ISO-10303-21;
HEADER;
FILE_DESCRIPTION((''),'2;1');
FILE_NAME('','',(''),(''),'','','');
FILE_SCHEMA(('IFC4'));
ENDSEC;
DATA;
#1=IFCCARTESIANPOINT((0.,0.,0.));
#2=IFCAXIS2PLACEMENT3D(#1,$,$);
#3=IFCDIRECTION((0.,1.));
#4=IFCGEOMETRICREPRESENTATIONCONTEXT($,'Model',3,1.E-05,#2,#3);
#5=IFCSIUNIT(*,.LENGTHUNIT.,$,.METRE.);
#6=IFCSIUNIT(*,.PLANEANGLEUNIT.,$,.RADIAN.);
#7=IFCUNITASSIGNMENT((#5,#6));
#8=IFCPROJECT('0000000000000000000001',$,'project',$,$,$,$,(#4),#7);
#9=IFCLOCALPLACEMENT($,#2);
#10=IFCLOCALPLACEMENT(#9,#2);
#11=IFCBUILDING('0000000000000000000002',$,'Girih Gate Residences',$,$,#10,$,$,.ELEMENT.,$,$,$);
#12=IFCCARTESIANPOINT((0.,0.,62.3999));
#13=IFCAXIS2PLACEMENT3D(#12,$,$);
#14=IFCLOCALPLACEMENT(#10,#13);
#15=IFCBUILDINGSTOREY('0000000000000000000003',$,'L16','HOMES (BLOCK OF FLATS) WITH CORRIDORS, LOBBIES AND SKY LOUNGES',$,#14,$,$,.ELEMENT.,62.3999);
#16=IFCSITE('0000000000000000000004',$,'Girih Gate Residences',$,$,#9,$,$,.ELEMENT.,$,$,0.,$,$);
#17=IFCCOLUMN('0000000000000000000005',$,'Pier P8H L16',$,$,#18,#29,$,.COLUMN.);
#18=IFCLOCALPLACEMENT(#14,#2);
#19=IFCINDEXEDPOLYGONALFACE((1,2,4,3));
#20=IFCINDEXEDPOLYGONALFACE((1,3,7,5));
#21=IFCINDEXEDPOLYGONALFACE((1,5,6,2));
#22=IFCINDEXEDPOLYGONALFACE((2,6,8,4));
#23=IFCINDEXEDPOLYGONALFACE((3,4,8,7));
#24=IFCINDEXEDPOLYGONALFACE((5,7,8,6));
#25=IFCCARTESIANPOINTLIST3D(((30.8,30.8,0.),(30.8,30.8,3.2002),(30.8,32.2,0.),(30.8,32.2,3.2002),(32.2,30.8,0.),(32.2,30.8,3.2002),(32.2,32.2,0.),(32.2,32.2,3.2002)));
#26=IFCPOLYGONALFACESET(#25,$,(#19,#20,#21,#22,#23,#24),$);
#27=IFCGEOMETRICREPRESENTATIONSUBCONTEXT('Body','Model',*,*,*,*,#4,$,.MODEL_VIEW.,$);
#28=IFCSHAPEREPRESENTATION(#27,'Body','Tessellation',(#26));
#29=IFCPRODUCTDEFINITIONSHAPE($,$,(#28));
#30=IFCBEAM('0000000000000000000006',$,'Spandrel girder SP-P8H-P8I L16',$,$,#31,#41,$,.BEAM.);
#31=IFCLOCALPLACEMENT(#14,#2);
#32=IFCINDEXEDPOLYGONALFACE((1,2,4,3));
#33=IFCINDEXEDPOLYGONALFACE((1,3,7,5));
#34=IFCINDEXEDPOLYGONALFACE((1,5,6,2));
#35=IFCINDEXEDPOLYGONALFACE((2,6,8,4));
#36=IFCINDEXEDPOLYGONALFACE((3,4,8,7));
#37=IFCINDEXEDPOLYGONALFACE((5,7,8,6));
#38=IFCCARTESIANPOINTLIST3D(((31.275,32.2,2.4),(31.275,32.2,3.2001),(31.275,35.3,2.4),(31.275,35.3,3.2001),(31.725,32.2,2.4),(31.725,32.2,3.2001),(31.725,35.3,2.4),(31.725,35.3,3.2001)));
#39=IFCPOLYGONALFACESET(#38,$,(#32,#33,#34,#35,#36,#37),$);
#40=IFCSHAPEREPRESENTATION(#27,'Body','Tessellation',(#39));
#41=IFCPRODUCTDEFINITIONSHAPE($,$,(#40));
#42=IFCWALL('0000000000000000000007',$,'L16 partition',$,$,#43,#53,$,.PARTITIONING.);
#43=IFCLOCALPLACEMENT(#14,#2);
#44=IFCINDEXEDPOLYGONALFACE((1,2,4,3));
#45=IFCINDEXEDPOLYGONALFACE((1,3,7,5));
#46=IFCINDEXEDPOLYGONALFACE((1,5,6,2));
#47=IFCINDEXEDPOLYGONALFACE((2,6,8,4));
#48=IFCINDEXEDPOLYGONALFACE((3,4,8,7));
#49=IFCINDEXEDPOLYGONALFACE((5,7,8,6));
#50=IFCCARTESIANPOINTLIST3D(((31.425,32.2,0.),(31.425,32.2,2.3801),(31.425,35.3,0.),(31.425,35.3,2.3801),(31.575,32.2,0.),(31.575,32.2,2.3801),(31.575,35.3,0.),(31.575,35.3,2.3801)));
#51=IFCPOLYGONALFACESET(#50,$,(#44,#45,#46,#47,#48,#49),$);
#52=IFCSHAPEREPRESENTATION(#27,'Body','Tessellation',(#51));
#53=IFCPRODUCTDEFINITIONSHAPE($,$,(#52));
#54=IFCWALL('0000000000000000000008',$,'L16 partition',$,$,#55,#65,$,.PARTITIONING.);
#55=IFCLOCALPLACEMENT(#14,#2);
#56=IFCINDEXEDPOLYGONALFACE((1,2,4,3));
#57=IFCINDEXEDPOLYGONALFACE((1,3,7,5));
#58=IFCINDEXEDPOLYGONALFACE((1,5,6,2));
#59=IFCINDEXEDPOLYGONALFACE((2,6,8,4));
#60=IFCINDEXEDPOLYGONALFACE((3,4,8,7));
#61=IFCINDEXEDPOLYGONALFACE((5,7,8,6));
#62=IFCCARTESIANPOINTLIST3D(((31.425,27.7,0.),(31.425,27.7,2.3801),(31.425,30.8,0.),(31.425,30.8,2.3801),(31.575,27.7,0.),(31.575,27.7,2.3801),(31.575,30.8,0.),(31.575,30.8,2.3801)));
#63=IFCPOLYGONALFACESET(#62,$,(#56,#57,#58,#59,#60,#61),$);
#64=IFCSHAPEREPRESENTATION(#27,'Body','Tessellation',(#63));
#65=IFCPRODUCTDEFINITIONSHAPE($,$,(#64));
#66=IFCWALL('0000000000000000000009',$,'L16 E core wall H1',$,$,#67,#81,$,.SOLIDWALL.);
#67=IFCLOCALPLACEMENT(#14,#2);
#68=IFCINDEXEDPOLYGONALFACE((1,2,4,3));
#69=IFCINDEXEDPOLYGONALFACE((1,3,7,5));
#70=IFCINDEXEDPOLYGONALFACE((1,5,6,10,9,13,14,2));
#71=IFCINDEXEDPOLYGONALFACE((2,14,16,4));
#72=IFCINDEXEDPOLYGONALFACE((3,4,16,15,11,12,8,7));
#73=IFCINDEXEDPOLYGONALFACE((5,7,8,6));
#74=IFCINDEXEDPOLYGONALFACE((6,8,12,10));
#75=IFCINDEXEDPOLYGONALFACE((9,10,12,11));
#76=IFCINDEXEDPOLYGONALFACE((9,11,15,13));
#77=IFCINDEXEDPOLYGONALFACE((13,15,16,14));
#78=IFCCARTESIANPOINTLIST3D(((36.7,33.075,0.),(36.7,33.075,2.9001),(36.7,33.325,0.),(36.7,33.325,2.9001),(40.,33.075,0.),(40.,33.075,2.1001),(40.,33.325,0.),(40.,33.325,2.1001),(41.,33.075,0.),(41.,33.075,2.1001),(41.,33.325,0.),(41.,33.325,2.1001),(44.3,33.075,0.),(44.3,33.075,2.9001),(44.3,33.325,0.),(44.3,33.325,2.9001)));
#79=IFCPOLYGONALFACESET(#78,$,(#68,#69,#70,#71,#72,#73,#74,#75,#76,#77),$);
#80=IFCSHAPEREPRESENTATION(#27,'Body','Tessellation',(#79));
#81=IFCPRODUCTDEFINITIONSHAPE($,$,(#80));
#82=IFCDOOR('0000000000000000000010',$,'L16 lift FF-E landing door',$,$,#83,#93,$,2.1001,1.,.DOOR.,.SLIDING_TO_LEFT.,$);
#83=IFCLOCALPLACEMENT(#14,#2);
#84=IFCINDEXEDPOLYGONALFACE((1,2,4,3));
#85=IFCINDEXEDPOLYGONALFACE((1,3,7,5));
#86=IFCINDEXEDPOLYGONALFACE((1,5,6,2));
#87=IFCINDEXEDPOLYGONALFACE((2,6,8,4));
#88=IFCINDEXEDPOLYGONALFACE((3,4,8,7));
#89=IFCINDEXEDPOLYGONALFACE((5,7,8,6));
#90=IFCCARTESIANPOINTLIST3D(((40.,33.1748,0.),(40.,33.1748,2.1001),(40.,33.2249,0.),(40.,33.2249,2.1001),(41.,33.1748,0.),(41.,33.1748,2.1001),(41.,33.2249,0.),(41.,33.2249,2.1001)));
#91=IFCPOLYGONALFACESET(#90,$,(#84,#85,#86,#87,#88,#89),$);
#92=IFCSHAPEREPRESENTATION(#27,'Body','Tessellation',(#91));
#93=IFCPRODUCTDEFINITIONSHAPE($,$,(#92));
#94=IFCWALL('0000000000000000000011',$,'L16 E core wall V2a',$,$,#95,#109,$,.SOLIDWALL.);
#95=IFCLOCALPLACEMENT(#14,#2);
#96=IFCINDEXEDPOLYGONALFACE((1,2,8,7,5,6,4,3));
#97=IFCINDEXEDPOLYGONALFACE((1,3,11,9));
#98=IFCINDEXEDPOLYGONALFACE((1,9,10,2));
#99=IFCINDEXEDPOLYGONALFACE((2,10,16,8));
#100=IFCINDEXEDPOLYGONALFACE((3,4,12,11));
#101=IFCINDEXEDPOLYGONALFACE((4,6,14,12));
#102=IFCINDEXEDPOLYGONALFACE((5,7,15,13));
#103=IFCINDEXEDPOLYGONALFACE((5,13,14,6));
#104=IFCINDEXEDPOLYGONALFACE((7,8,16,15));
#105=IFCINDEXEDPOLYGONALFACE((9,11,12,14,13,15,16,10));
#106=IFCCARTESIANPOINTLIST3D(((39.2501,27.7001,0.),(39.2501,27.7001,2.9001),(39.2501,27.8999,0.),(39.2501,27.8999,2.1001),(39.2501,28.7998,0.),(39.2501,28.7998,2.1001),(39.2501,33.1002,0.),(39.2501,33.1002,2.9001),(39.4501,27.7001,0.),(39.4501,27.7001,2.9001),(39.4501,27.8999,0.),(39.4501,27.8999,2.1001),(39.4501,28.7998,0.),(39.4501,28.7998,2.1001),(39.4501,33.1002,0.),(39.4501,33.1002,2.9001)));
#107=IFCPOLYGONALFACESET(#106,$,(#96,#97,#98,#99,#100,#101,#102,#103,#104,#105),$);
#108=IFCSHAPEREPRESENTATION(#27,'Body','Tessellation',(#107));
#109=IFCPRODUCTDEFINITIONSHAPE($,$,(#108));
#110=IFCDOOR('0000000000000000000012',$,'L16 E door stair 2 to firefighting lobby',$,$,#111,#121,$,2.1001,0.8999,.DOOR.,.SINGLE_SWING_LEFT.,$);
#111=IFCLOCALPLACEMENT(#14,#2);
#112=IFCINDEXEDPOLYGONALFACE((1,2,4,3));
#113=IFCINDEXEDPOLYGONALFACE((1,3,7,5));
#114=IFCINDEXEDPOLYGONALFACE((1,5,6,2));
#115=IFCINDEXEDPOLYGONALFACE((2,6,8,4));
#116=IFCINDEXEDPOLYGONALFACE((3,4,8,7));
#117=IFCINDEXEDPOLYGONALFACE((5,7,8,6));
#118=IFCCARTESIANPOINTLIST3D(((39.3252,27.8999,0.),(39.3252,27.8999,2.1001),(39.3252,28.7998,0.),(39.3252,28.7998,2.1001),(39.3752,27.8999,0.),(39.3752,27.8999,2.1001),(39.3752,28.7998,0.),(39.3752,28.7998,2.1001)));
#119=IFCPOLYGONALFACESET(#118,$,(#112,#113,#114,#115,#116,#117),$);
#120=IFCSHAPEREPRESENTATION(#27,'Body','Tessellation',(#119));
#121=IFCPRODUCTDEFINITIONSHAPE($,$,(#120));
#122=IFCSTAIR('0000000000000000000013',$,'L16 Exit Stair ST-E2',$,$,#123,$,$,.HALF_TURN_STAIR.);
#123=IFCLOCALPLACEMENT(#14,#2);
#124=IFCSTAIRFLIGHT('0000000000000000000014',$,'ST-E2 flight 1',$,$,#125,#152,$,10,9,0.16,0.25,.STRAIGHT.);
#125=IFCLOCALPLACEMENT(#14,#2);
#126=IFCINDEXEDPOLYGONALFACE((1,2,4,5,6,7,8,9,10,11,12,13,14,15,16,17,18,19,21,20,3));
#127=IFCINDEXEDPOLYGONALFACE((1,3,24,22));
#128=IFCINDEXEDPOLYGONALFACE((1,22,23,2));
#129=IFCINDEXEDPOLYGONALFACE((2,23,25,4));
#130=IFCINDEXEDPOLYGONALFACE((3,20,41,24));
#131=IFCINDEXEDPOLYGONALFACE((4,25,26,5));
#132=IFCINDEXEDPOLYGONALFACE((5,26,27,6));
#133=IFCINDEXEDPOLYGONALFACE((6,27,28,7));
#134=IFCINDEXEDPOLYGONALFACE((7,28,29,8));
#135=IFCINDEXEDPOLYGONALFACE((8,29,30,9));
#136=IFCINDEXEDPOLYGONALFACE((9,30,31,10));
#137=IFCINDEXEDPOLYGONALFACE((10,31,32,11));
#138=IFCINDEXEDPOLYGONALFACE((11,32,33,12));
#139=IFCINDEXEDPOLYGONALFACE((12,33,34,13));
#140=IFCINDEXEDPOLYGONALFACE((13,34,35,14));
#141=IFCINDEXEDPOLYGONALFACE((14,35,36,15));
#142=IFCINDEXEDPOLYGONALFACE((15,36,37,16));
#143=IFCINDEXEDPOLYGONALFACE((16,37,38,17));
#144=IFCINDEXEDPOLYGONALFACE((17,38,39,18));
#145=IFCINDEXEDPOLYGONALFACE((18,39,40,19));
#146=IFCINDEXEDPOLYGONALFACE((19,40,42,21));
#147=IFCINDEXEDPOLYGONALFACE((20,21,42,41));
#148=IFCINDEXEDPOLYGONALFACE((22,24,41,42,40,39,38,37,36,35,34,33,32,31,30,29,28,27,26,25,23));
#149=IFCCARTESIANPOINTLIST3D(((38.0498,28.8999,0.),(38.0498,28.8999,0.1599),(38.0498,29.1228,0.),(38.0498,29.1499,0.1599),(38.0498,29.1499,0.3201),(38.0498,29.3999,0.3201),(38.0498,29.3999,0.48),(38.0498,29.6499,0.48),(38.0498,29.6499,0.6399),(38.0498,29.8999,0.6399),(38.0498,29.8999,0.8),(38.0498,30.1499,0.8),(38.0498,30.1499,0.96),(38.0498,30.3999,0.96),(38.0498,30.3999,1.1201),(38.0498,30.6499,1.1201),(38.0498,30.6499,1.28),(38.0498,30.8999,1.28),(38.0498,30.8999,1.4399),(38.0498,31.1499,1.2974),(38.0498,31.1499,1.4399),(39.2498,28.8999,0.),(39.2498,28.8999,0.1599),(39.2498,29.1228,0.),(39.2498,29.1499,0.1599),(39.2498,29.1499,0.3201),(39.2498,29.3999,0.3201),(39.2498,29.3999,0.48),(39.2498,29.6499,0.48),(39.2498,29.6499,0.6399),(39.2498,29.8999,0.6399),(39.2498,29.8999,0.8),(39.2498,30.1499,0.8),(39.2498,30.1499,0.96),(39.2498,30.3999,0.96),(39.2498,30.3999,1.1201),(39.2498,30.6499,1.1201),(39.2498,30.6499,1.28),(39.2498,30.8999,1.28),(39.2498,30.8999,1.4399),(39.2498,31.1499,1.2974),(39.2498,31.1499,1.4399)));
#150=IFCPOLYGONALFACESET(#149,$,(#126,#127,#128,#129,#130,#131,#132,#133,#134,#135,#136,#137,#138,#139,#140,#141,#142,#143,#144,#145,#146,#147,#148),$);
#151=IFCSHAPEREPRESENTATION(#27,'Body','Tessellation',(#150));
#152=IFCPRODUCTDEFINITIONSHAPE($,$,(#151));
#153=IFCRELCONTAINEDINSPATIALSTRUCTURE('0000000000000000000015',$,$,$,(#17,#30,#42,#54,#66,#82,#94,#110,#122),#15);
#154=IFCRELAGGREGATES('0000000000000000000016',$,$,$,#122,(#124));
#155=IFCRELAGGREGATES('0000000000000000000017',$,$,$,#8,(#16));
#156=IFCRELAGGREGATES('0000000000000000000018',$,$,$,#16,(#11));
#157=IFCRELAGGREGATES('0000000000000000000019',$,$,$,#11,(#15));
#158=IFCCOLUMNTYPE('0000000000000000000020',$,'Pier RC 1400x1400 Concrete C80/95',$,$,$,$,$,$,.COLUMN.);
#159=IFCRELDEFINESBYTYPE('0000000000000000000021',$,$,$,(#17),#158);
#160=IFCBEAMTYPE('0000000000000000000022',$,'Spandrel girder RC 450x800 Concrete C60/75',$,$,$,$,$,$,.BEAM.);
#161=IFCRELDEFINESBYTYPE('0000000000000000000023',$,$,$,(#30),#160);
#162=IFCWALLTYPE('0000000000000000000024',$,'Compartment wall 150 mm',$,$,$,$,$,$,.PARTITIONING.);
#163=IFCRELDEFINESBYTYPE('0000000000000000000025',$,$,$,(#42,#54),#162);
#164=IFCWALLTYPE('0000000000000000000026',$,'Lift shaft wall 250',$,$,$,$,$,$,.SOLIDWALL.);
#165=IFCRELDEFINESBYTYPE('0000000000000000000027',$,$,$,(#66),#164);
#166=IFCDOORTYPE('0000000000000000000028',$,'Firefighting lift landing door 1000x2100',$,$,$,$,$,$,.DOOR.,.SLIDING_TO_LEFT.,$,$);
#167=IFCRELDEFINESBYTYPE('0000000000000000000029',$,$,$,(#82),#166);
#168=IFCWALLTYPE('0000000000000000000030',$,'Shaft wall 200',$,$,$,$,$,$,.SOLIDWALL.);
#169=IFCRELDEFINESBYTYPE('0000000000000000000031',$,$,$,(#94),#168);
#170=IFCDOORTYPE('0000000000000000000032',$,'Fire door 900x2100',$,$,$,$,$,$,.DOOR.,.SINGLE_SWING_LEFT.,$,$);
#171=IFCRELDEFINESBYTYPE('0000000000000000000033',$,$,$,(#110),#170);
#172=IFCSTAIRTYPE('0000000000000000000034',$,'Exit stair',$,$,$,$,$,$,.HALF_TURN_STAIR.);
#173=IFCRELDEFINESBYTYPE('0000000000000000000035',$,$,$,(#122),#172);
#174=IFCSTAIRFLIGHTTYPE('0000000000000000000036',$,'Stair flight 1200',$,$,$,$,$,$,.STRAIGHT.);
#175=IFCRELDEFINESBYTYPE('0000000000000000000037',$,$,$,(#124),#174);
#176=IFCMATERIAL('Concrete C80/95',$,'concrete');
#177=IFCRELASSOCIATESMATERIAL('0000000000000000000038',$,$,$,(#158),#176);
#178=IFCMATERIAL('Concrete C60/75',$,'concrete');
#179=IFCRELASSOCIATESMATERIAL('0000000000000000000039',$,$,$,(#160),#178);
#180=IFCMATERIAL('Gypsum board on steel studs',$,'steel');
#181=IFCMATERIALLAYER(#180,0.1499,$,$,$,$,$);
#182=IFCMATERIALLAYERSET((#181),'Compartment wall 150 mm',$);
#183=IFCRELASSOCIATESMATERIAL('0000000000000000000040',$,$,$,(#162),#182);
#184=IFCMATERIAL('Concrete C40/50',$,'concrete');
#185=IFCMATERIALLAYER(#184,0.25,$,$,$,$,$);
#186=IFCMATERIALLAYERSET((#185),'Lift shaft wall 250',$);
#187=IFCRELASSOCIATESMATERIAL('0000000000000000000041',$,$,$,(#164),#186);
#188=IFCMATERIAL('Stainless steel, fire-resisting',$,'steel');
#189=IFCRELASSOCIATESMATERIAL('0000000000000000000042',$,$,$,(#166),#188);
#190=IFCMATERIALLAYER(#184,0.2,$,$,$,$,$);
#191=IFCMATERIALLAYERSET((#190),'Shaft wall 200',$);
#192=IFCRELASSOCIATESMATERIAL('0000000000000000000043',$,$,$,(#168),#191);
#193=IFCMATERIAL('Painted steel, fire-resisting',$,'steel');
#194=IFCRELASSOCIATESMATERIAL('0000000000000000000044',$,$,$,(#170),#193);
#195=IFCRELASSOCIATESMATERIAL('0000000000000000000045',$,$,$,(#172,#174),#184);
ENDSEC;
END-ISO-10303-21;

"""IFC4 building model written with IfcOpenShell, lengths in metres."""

from ifc_helpers import new_model, si_unit, direction, frame, frame_2d, origin, origin_2d, place, context, subcontext, project, spatial, polyline, rectangle, outline, extrude, material, layer, layer_set, material_profile, profile_set, type_object, element, fill, aggregate, save


model = new_model("IFC4")

# Units and contexts
model_context = context("Model", 3, precision=1e-05, world=origin(), true_north=direction((0.0, 1.0)))
body_context = subcontext(model_context, "Body", "Model", "MODEL_VIEW")
ifc_project = project(units=[si_unit("LENGTHUNIT", "METRE"), si_unit("PLANEANGLEUNIT", "RADIAN")], contexts=[model_context])

# Site, building, storey
site_placement = place(None, origin())
site = spatial("IfcSite", under=ifc_project, at=site_placement, Name="Girih Gate Residences", CompositionType="ELEMENT", RefElevation=0.0)
building_placement = place(site_placement, origin())
building = spatial("IfcBuilding", under=site, at=building_placement, Name="Girih Gate Residences", CompositionType="ELEMENT")
storey_placement = place(building_placement, frame((0.0, 0.0, 62.3999)))
storey = spatial("IfcBuildingStorey", under=building, at=storey_placement, Name="L16", Description="HOMES (BLOCK OF FLATS) WITH CORRIDORS, LOBBIES AND SKY LOUNGES", CompositionType="ELEMENT", Elevation=62.3999)

# Column
ifc_material_1 = material(Name="Concrete C80/95", Category="concrete")
ifc_material_profile_1 = material_profile(ifc_material_1, rectangle(XDim=1.3999, YDim=1.3999, at=origin_2d()))
ifc_profile_set_1 = profile_set([ifc_material_profile_1], Name="Concrete C80/95")
column_type = type_object("IfcColumnType", Name="Pier RC 1400x1400 Concrete C80/95", PredefinedType="COLUMN", material=ifc_profile_set_1)
column_placement = place(storey_placement, frame((31.5, 31.5, 0.0), z_axis=(0.0, 0.0, 1.0), x_axis=(1.0, 0.0, 0.0)))
element("IfcColumn", 1, at=column_placement, inside=storey, type_object=column_type, Name="Pier P8H L16", PredefinedType="COLUMN", context=body_context, shape_type="SweptSolid", body=[
    extrude(rectangle(XDim=1.3999, YDim=1.3999, at=origin_2d()), origin(), (0.0, 0.0, 1.0), 3.2002),
])

# Beam
ifc_material_2 = material(Name="Concrete C60/75", Category="concrete")
ifc_material_profile_2 = material_profile(ifc_material_2, rectangle(XDim=0.45, YDim=0.8, at=origin_2d()))
ifc_profile_set_2 = profile_set([ifc_material_profile_2], Name="Concrete C60/75")
beam_type = type_object("IfcBeamType", Name="Spandrel girder RC 450x800 Concrete C60/75", PredefinedType="BEAM", material=ifc_profile_set_2)
beam_placement = place(storey_placement, frame((31.5, 32.2, 2.8), z_axis=(0.0, 1.0, 0.0), x_axis=(-1.0, 0.0, 0.0)))
element("IfcBeam", 2, at=beam_placement, inside=storey, type_object=beam_type, Name="Spandrel girder SP-P8H-P8I L16", PredefinedType="BEAM", context=body_context, shape_type="SweptSolid", body=[
    extrude(rectangle(XDim=0.45, YDim=0.8, at=origin_2d()), origin(), (0.0, 0.0, 1.0), 3.1001),
])

# Walls
ifc_material_3 = material(Name="Gypsum board on steel studs", Category="steel")
ifc_layer_1 = layer(ifc_material_3, 0.1499)
ifc_layer_set_1 = layer_set([ifc_layer_1], Name="Compartment wall 150 mm")
wall_type_1 = type_object("IfcWallType", Name="Compartment wall 150 mm", PredefinedType="PARTITIONING", material=ifc_layer_set_1)
for number, where, z_axis, x_axis, name in (
    (3, (31.5, 32.2, 0.0), (0.0, 0.0, 1.0), (0.0, 1.0, 0.0), "L16 partition"),
    (4, (31.5, 27.7, 0.0), (0.0, 0.0, 1.0), (0.0, 1.0, 0.0), "L16 partition"),
):
    element("IfcWall", number, at=place(storey_placement, frame(where, z_axis=z_axis, x_axis=x_axis)), inside=storey, type_object=wall_type_1, Name=name, PredefinedType="PARTITIONING", context=body_context, shape_type="SweptSolid", body=[
        extrude(rectangle(XDim=3.1001, YDim=0.1499, at=frame_2d((1.55, 0.0))), origin(), (0.0, 0.0, 1.0), 2.3801),
    ])

# Walls, openings, doors
ifc_material_4 = material(Name="Concrete C40/50", Category="concrete")
ifc_layer_2 = layer(ifc_material_4, 0.25)
ifc_layer_set_2 = layer_set([ifc_layer_2], Name="Lift shaft wall 250")
wall_type_2 = type_object("IfcWallType", Name="Lift shaft wall 250", PredefinedType="SOLIDWALL", material=ifc_layer_set_2)
wall_1_placement = place(storey_placement, frame((36.7, 33.2, 0.0), z_axis=(0.0, 0.0, 1.0), x_axis=(1.0, 0.0, 0.0)))
wall_1 = element("IfcWall", 5, at=wall_1_placement, inside=storey, type_object=wall_type_2, Name="L16 E core wall H1", PredefinedType="SOLIDWALL", context=body_context, shape_type="SweptSolid", body=[
    extrude(rectangle(XDim=7.6001, YDim=0.25, at=frame_2d((3.8, 0.0))), origin(), (0.0, 0.0, 1.0), 2.9001),
])
opening_1_placement = place(wall_1_placement, frame((3.3, 0.0, 0.0)))
opening_1 = element("IfcOpeningElement", 6, at=opening_1_placement, cuts=wall_1, PredefinedType="OPENING", context=body_context, shape_type="SweptSolid", body=[
    extrude(rectangle(XDim=1.0, YDim=2.1001, at=frame_2d((0.5, 1.05))), frame((0.0, 0.135, 0.0), z_axis=(0.0, -1.0, 0.0), x_axis=(1.0, 0.0, 0.0)), (0.0, 0.0, 1.0), 0.27),
])
ifc_material_5 = material(Name="Stainless steel, fire-resisting", Category="steel")
door_type_1 = type_object("IfcDoorType", Name="Firefighting lift landing door 1000x2100", OperationType="SLIDING_TO_LEFT", PredefinedType="DOOR", material=ifc_material_5)
door_1_placement = place(opening_1_placement, origin())
door_1 = element("IfcDoor", 7, at=door_1_placement, inside=storey, type_object=door_type_1, Name="L16 lift FF-E landing door", OperationType="SLIDING_TO_LEFT", OverallHeight=2.1001, OverallWidth=1.0, PredefinedType="DOOR", context=body_context, shape_type="SweptSolid", body=[
    extrude(rectangle(XDim=1.0, YDim=2.1001, at=frame_2d((0.5, 1.05))), frame((0.0, 0.0249, 0.0), z_axis=(0.0, -1.0, 0.0), x_axis=(1.0, 0.0, 0.0)), (0.0, 0.0, 1.0), 0.05),
])
fill(opening_1, door_1)
ifc_layer_3 = layer(ifc_material_4, 0.2)
ifc_layer_set_3 = layer_set([ifc_layer_3], Name="Shaft wall 200")
wall_type_3 = type_object("IfcWallType", Name="Shaft wall 200", PredefinedType="SOLIDWALL", material=ifc_layer_set_3)
wall_2_placement = place(storey_placement, frame((39.3501, 27.7, 0.0), z_axis=(0.0, 0.0, 1.0), x_axis=(0.0, 1.0, 0.0)))
wall_2 = element("IfcWall", 8, at=wall_2_placement, inside=storey, type_object=wall_type_3, Name="L16 E core wall V2a", PredefinedType="SOLIDWALL", context=body_context, shape_type="SweptSolid", body=[
    extrude(rectangle(XDim=5.4001, YDim=0.2, at=frame_2d((2.7002, 0.0))), origin(), (0.0, 0.0, 1.0), 2.9001),
])
opening_2_placement = place(wall_2_placement, frame((0.2, 0.0, 0.0)))
opening_2 = element("IfcOpeningElement", 9, at=opening_2_placement, cuts=wall_2, PredefinedType="OPENING", context=body_context, shape_type="SweptSolid", body=[
    extrude(rectangle(XDim=0.8999, YDim=2.1001, at=frame_2d((0.45, 1.05))), frame((0.0, 0.1099, 0.0), z_axis=(0.0, -1.0, 0.0), x_axis=(1.0, 0.0, 0.0)), (0.0, 0.0, 1.0), 0.22),
])
ifc_material_6 = material(Name="Painted steel, fire-resisting", Category="steel")
door_type_2 = type_object("IfcDoorType", Name="Fire door 900x2100", OperationType="SINGLE_SWING_LEFT", PredefinedType="DOOR", material=ifc_material_6)
door_2_placement = place(opening_2_placement, origin())
door_2 = element("IfcDoor", 10, at=door_2_placement, inside=storey, type_object=door_type_2, Name="L16 E door stair 2 to firefighting lobby", OperationType="SINGLE_SWING_LEFT", OverallHeight=2.1001, OverallWidth=0.8999, PredefinedType="DOOR", context=body_context, shape_type="SweptSolid", body=[
    extrude(rectangle(XDim=0.8999, YDim=2.1001, at=frame_2d((0.45, 1.05))), frame((0.0, 0.0249, 0.0), z_axis=(0.0, -1.0, 0.0), x_axis=(1.0, 0.0, 0.0)), (0.0, 0.0, 1.0), 0.05),
])
fill(opening_2, door_2)

# Stair, stair flight
stair_type = type_object("IfcStairType", Name="Exit stair", PredefinedType="HALF_TURN_STAIR", material=ifc_material_4)
stair_placement = place(storey_placement, origin())
stair = element("IfcStair", 11, at=stair_placement, inside=storey, type_object=stair_type, Name="L16 Exit Stair ST-E2", PredefinedType="HALF_TURN_STAIR")
stair_flight_type = type_object("IfcStairFlightType", Name="Stair flight 1200", PredefinedType="STRAIGHT", material=ifc_material_4)
stair_flight_1_placement = place(storey_placement, frame((38.6499, 28.8999, 0.0), z_axis=(0.0, 0.0, 1.0), x_axis=(0.0, 1.0, 0.0)))
stair_flight_1 = element("IfcStairFlight", 12, at=stair_flight_1_placement, type_object=stair_flight_type, Name="ST-E2 flight 1", NumberOfRisers=10, NumberOfTreads=9, PredefinedType="STRAIGHT", RiserHeight=0.16, TreadLength=0.25, context=body_context, shape_type="SweptSolid", body=[
    extrude(outline(polyline([(0.0, 0.0), (0.0, 0.1599), (0.25, 0.1599), (0.25, 0.3201), (0.5, 0.3201), (0.5, 0.48), (0.75, 0.48), (0.75, 0.6399), (1.0, 0.6399), (1.0, 0.8), (1.25, 0.8), (1.25, 0.96), (1.5, 0.96), (1.5, 1.1201), (1.75, 1.1201), (1.75, 1.28), (2.0, 1.28), (2.0, 1.4399), (2.25, 1.4399), (2.25, 1.6001), (2.25, 1.2974), (0.2229, 0.0), (0.0, 0.0)])), frame((0.0, 0.6001, 0.0), z_axis=(0.0, -1.0, 0.0), x_axis=(1.0, 0.0, 0.0)), (0.0, 0.0, 1.0), 1.2),
])
aggregate(stair, [stair_flight_1])

save(model, "model.ifc")
